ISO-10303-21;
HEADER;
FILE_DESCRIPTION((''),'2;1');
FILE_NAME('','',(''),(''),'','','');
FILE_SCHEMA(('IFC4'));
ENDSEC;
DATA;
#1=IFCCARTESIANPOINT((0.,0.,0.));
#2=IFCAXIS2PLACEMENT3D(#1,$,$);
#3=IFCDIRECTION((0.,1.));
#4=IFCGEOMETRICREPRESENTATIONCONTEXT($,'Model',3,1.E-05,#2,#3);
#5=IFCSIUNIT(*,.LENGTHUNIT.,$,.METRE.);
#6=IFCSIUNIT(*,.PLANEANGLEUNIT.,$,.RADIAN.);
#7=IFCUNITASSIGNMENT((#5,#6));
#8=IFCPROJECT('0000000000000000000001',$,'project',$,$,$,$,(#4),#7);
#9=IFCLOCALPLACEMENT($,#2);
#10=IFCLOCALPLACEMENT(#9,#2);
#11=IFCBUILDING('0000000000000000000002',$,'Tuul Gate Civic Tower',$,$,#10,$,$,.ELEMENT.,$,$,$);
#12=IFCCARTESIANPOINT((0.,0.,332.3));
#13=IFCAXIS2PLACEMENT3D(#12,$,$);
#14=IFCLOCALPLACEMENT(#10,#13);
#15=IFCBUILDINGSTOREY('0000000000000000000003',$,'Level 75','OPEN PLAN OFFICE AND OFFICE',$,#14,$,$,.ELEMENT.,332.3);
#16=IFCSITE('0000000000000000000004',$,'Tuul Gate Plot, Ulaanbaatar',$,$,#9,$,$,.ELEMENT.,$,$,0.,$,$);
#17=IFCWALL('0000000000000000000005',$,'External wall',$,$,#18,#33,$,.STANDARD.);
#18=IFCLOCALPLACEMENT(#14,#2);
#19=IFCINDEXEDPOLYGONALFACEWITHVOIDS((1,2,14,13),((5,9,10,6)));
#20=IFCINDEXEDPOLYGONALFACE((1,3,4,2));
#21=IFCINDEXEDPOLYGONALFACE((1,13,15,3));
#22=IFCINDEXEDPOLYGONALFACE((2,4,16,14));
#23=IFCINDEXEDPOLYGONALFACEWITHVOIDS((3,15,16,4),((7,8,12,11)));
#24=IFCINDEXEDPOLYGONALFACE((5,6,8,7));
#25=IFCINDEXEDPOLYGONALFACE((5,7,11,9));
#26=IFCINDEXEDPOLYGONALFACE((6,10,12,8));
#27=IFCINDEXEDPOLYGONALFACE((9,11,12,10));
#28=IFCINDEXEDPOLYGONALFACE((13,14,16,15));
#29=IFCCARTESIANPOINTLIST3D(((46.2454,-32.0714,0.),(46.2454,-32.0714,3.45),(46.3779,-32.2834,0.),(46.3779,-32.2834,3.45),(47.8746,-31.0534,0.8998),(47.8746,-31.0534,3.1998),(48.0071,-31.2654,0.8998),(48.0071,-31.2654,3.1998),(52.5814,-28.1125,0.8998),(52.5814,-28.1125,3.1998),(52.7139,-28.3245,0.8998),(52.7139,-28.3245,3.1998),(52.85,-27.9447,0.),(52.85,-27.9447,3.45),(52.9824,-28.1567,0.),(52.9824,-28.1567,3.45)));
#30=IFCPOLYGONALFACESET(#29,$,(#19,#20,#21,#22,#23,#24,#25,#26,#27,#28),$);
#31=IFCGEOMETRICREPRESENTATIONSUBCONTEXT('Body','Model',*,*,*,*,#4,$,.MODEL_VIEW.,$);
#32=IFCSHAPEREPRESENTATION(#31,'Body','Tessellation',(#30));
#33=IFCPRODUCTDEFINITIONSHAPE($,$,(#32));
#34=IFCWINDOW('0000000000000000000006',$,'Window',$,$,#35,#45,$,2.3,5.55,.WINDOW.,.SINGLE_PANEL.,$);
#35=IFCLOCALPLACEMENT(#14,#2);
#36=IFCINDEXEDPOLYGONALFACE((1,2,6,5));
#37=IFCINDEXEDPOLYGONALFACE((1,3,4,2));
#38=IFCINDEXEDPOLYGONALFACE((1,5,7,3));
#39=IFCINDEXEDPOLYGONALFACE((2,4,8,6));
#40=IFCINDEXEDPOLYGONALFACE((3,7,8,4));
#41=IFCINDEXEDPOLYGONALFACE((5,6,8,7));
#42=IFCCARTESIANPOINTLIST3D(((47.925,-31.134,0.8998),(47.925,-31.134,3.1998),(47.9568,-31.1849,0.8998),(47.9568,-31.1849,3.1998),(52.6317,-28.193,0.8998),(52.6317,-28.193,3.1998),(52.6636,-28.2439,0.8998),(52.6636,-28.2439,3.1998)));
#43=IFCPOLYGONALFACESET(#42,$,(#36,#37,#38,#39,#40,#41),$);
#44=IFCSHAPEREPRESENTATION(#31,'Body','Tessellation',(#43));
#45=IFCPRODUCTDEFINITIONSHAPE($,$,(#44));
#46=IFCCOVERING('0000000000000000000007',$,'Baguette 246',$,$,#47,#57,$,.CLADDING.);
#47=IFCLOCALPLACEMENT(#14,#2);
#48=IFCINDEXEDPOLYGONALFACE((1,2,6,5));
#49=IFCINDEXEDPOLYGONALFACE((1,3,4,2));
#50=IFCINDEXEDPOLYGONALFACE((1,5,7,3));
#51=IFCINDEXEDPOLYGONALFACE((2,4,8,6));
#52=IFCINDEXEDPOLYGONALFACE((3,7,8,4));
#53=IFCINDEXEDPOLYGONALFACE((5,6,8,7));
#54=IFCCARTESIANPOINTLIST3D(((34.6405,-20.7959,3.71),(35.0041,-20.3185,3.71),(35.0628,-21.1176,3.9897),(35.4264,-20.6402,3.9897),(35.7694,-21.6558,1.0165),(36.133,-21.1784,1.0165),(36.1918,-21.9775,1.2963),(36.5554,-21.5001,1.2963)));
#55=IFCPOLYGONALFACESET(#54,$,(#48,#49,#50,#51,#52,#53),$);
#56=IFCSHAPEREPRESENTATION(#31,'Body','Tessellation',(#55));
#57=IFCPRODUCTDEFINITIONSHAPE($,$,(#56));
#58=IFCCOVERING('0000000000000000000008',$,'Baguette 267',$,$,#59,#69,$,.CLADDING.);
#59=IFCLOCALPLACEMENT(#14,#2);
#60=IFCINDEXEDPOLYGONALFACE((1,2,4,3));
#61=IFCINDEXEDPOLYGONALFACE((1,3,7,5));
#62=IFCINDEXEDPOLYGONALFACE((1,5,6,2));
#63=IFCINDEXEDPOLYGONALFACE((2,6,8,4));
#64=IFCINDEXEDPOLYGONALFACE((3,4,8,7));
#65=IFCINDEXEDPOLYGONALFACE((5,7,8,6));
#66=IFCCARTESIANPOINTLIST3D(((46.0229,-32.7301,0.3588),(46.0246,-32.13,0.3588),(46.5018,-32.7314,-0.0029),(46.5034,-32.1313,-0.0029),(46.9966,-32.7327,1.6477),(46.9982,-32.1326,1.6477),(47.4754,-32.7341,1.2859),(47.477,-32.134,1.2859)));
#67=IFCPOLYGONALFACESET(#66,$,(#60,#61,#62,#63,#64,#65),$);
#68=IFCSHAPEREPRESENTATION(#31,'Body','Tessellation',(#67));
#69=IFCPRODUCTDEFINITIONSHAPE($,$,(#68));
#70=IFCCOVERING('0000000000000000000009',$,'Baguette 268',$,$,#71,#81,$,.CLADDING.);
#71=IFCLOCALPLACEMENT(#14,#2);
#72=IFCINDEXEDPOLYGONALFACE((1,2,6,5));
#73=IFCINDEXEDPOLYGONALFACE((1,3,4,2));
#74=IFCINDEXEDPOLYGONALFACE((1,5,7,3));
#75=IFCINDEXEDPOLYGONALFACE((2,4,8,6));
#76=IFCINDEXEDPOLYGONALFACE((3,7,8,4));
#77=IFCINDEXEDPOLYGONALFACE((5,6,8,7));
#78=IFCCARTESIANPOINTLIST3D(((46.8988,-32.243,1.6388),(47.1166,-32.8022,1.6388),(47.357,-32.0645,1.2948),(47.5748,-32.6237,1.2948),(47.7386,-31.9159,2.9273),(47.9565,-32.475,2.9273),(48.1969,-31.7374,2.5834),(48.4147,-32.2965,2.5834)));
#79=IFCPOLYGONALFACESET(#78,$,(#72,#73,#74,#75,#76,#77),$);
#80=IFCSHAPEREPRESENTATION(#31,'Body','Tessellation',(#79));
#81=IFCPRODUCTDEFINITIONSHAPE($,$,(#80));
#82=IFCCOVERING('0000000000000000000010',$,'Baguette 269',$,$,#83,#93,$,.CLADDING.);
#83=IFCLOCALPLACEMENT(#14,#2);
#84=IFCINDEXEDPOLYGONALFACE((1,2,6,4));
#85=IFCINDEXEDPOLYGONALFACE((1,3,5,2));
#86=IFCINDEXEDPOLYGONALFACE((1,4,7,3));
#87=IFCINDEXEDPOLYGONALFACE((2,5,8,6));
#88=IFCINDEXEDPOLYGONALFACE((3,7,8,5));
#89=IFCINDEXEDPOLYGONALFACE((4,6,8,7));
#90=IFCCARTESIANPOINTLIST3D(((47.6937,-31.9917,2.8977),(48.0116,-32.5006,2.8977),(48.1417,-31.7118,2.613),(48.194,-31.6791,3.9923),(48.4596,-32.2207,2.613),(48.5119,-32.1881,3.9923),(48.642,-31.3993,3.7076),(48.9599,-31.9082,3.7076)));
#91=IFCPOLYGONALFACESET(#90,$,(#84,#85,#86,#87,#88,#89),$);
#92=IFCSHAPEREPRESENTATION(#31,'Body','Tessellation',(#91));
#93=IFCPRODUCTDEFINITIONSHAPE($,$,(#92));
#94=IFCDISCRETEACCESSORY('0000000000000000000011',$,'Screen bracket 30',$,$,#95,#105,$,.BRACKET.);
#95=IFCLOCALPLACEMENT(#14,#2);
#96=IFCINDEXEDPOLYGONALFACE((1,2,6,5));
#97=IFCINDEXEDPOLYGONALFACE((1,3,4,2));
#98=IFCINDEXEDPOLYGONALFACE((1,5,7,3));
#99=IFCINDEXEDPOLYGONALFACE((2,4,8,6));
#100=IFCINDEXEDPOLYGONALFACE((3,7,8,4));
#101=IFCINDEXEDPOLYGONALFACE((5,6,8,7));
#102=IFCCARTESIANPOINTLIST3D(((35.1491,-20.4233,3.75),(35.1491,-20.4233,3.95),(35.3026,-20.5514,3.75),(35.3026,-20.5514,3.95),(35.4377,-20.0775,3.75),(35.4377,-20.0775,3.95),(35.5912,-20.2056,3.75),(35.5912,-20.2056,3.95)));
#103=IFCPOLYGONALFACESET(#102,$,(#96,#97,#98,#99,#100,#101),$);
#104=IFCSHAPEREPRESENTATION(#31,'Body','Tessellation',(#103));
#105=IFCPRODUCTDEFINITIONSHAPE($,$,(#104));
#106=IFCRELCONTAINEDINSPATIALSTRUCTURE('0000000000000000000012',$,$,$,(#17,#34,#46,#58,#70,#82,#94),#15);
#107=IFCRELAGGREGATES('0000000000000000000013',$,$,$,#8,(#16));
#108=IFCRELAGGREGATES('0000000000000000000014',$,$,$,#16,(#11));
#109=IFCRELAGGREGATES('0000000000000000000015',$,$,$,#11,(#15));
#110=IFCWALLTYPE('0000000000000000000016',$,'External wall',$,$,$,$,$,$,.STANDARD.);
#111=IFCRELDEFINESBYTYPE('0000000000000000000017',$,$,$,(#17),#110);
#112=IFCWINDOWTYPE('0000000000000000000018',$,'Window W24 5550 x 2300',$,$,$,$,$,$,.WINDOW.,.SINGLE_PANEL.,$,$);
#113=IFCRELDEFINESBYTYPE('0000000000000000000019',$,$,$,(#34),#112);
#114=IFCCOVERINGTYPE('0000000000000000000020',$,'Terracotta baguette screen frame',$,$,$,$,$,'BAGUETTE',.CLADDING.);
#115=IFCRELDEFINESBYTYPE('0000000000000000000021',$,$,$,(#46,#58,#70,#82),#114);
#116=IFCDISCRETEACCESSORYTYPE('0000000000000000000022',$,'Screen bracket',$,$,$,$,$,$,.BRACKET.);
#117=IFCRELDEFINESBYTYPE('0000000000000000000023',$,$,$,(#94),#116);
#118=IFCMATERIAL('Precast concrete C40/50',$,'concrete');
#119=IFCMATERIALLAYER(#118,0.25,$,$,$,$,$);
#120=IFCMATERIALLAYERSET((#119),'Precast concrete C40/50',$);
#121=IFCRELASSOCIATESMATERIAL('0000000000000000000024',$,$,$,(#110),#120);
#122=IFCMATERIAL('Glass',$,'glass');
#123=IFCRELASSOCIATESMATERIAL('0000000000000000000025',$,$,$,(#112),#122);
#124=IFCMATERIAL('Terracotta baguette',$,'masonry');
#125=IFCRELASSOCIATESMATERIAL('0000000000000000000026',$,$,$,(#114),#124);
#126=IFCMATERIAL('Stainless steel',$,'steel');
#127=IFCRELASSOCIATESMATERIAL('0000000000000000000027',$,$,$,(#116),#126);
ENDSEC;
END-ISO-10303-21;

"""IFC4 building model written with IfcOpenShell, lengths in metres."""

from ifc_helpers import new_model, si_unit, direction, frame, frame_2d, origin, origin_2d, place, context, subcontext, project, spatial, rectangle, extrude, material, layer, layer_set, material_profile, profile_set, type_object, element, fill, save


model = new_model("IFC4")

# Units and contexts
model_context = context("Model", 3, precision=1e-05, world=origin(), true_north=direction((0.0, 1.0)))
body_context = subcontext(model_context, "Body", "Model", "MODEL_VIEW")
ifc_project = project(units=[si_unit("LENGTHUNIT", "METRE"), si_unit("PLANEANGLEUNIT", "RADIAN")], contexts=[model_context])

# Site, building, storey
site_placement = place(None, origin())
site = spatial("IfcSite", under=ifc_project, at=site_placement, Name="Tuul Gate Plot, Ulaanbaatar", CompositionType="ELEMENT", RefElevation=0.0)
building_placement = place(site_placement, origin())
building = spatial("IfcBuilding", under=site, at=building_placement, Name="Tuul Gate Civic Tower", CompositionType="ELEMENT")
storey_placement = place(building_placement, frame((0.0, 0.0, 332.3)))
storey = spatial("IfcBuildingStorey", under=building, at=storey_placement, Name="Level 75", Description="OPEN PLAN OFFICE AND OFFICE", CompositionType="ELEMENT", Elevation=332.3)

# Wall, opening, window
ifc_material_1 = material(Name="Precast concrete C40/50", Category="concrete")
ifc_layer_1 = layer(ifc_material_1, 0.25)
ifc_layer_set_1 = layer_set([ifc_layer_1], Name="Precast concrete C40/50")
wall_type_1 = type_object("IfcWallType", Name="External wall", PredefinedType="STANDARD", material=ifc_layer_set_1)
wall_1_placement = place(storey_placement, frame((46.3115, -32.1775, 0.0), z_axis=(0.0, 0.0, 1.0), x_axis=(0.848062, 0.529897, 0.0)))
wall_1 = element("IfcWall", 1, at=wall_1_placement, inside=storey, type_object=wall_type_1, Name="External wall", PredefinedType="STANDARD", context=body_context, shape_type="SweptSolid", body=[
    extrude(rectangle(XDim=7.7878, YDim=0.25, at=frame_2d((3.894, 0.0))), origin(), (0.0, 0.0, 1.0), 3.45),
])
opening_1_placement = place(wall_1_placement, frame((1.9214, 0.0, 0.8999)))
opening_1 = element("IfcOpeningElement", 2, at=opening_1_placement, cuts=wall_1, PredefinedType="OPENING", context=body_context, shape_type="SweptSolid", body=[
    extrude(rectangle(XDim=5.55, YDim=2.3, at=frame_2d((2.7749, 1.1499))), frame((0.0, 0.135, 0.0), z_axis=(0.0, -1.0, 0.0), x_axis=(1.0, 0.0, 0.0)), (0.0, 0.0, 1.0), 0.27),
])
ifc_material_2 = material(Name="Glass", Category="glass")
window_type_1 = type_object("IfcWindowType", Name="Window W24 5550 x 2300", PartitioningType="SINGLE_PANEL", PredefinedType="WINDOW", material=ifc_material_2)
window_1_placement = place(opening_1_placement, origin())
window_1 = element("IfcWindow", 3, at=window_1_placement, inside=storey, type_object=window_type_1, Name="Window", OverallHeight=2.3, OverallWidth=5.55, PartitioningType="SINGLE_PANEL", PredefinedType="WINDOW", context=body_context, shape_type="SweptSolid", body=[
    extrude(rectangle(XDim=5.55, YDim=2.3, at=frame_2d((2.7749, 1.1499))), frame((0.0, 0.03, 0.0), z_axis=(0.0, -1.0, 0.0), x_axis=(1.0, 0.0, 0.0)), (0.0, 0.0, 1.0), 0.0601),
])
fill(opening_1, window_1)

# Coverings
ifc_material_3 = material(Name="Terracotta baguette", Category="masonry")
ifc_material_profile_1 = material_profile(ifc_material_3, rectangle(XDim=0.6001, YDim=0.6001, at=origin_2d()), Name="Terracotta baguette screen frame")
ifc_profile_set_1 = profile_set([ifc_material_profile_1], Name="Terracotta baguette")
covering_type = type_object("IfcCoveringType", Name="Terracotta baguette screen frame", ElementType="BAGUETTE", PredefinedType="CLADDING", material=ifc_profile_set_1)
covering_1_placement = place(storey_placement, frame((35.0334, -20.718, 3.8499), z_axis=(0.370822, -0.282447, -0.884712), x_axis=(0.605929, 0.795519, 0.0)))
element("IfcCovering", 4, at=covering_1_placement, inside=storey, type_object=covering_type, Name="Baguette 246", PredefinedType="CLADDING", context=body_context, shape_type="SweptSolid", body=[
    extrude(rectangle(XDim=0.6001, YDim=0.6001, at=origin_2d()), origin(), (0.0, 0.0, 1.0), 3.0444),
])
covering_2_placement = place(storey_placement, frame((46.2632, -32.4307, 0.178), z_axis=(0.602777, -0.001663, 0.797908), x_axis=(0.002758, 0.999996, 0.0)))
element("IfcCovering", 5, at=covering_2_placement, inside=storey, type_object=covering_type, Name="Baguette 267", PredefinedType="CLADDING", context=body_context, shape_type="SweptSolid", body=[
    extrude(rectangle(XDim=0.6001, YDim=0.6001, at=origin_2d()), origin(), (0.0, 0.0, 1.0), 1.6152),
])
covering_3_placement = place(storey_placement, frame((47.2368, -32.4333, 1.4668), z_axis=(0.534079, 0.208042, 0.819438), x_axis=(-0.362969, 0.931801, 0.0)))
element("IfcCovering", 6, at=covering_3_placement, inside=storey, type_object=covering_type, Name="Baguette 268", PredefinedType="CLADDING", context=body_context, shape_type="SweptSolid", body=[
    extrude(rectangle(XDim=0.6001, YDim=0.6001, at=origin_2d()), origin(), (0.0, 0.0, 1.0), 1.5725),
])
covering_4_placement = place(storey_placement, frame((48.0767, -32.1062, 2.7554), z_axis=(0.402352, 0.251347, 0.880305), x_axis=(-0.529813, 0.848115, 0.0)))
element("IfcCovering", 7, at=covering_4_placement, inside=storey, type_object=covering_type, Name="Baguette 269", PredefinedType="CLADDING", context=body_context, shape_type="SweptSolid", body=[
    extrude(rectangle(XDim=0.6001, YDim=0.6001, at=origin_2d()), origin(), (0.0, 0.0, 1.0), 1.2434),
])

# Discrete accessory
ifc_material_4 = material(Name="Stainless steel", Category="steel")
discrete_accessory_type = type_object("IfcDiscreteAccessoryType", Name="Screen bracket", PredefinedType="BRACKET", material=ifc_material_4)
discrete_accessory_placement = place(storey_placement, frame((35.3701, -20.3145, 3.75), z_axis=(0.0, 0.0, 1.0), x_axis=(-0.640724, -0.767772, 0.0)))
element("IfcDiscreteAccessory", 8, at=discrete_accessory_placement, inside=storey, type_object=discrete_accessory_type, Name="Screen bracket 30", PredefinedType="BRACKET", context=body_context, shape_type="SweptSolid", body=[
    extrude(rectangle(XDim=0.4504, YDim=0.2, at=origin_2d()), origin(), (0.0, 0.0, 1.0), 0.2),
])

save(model, "model.ifc")
